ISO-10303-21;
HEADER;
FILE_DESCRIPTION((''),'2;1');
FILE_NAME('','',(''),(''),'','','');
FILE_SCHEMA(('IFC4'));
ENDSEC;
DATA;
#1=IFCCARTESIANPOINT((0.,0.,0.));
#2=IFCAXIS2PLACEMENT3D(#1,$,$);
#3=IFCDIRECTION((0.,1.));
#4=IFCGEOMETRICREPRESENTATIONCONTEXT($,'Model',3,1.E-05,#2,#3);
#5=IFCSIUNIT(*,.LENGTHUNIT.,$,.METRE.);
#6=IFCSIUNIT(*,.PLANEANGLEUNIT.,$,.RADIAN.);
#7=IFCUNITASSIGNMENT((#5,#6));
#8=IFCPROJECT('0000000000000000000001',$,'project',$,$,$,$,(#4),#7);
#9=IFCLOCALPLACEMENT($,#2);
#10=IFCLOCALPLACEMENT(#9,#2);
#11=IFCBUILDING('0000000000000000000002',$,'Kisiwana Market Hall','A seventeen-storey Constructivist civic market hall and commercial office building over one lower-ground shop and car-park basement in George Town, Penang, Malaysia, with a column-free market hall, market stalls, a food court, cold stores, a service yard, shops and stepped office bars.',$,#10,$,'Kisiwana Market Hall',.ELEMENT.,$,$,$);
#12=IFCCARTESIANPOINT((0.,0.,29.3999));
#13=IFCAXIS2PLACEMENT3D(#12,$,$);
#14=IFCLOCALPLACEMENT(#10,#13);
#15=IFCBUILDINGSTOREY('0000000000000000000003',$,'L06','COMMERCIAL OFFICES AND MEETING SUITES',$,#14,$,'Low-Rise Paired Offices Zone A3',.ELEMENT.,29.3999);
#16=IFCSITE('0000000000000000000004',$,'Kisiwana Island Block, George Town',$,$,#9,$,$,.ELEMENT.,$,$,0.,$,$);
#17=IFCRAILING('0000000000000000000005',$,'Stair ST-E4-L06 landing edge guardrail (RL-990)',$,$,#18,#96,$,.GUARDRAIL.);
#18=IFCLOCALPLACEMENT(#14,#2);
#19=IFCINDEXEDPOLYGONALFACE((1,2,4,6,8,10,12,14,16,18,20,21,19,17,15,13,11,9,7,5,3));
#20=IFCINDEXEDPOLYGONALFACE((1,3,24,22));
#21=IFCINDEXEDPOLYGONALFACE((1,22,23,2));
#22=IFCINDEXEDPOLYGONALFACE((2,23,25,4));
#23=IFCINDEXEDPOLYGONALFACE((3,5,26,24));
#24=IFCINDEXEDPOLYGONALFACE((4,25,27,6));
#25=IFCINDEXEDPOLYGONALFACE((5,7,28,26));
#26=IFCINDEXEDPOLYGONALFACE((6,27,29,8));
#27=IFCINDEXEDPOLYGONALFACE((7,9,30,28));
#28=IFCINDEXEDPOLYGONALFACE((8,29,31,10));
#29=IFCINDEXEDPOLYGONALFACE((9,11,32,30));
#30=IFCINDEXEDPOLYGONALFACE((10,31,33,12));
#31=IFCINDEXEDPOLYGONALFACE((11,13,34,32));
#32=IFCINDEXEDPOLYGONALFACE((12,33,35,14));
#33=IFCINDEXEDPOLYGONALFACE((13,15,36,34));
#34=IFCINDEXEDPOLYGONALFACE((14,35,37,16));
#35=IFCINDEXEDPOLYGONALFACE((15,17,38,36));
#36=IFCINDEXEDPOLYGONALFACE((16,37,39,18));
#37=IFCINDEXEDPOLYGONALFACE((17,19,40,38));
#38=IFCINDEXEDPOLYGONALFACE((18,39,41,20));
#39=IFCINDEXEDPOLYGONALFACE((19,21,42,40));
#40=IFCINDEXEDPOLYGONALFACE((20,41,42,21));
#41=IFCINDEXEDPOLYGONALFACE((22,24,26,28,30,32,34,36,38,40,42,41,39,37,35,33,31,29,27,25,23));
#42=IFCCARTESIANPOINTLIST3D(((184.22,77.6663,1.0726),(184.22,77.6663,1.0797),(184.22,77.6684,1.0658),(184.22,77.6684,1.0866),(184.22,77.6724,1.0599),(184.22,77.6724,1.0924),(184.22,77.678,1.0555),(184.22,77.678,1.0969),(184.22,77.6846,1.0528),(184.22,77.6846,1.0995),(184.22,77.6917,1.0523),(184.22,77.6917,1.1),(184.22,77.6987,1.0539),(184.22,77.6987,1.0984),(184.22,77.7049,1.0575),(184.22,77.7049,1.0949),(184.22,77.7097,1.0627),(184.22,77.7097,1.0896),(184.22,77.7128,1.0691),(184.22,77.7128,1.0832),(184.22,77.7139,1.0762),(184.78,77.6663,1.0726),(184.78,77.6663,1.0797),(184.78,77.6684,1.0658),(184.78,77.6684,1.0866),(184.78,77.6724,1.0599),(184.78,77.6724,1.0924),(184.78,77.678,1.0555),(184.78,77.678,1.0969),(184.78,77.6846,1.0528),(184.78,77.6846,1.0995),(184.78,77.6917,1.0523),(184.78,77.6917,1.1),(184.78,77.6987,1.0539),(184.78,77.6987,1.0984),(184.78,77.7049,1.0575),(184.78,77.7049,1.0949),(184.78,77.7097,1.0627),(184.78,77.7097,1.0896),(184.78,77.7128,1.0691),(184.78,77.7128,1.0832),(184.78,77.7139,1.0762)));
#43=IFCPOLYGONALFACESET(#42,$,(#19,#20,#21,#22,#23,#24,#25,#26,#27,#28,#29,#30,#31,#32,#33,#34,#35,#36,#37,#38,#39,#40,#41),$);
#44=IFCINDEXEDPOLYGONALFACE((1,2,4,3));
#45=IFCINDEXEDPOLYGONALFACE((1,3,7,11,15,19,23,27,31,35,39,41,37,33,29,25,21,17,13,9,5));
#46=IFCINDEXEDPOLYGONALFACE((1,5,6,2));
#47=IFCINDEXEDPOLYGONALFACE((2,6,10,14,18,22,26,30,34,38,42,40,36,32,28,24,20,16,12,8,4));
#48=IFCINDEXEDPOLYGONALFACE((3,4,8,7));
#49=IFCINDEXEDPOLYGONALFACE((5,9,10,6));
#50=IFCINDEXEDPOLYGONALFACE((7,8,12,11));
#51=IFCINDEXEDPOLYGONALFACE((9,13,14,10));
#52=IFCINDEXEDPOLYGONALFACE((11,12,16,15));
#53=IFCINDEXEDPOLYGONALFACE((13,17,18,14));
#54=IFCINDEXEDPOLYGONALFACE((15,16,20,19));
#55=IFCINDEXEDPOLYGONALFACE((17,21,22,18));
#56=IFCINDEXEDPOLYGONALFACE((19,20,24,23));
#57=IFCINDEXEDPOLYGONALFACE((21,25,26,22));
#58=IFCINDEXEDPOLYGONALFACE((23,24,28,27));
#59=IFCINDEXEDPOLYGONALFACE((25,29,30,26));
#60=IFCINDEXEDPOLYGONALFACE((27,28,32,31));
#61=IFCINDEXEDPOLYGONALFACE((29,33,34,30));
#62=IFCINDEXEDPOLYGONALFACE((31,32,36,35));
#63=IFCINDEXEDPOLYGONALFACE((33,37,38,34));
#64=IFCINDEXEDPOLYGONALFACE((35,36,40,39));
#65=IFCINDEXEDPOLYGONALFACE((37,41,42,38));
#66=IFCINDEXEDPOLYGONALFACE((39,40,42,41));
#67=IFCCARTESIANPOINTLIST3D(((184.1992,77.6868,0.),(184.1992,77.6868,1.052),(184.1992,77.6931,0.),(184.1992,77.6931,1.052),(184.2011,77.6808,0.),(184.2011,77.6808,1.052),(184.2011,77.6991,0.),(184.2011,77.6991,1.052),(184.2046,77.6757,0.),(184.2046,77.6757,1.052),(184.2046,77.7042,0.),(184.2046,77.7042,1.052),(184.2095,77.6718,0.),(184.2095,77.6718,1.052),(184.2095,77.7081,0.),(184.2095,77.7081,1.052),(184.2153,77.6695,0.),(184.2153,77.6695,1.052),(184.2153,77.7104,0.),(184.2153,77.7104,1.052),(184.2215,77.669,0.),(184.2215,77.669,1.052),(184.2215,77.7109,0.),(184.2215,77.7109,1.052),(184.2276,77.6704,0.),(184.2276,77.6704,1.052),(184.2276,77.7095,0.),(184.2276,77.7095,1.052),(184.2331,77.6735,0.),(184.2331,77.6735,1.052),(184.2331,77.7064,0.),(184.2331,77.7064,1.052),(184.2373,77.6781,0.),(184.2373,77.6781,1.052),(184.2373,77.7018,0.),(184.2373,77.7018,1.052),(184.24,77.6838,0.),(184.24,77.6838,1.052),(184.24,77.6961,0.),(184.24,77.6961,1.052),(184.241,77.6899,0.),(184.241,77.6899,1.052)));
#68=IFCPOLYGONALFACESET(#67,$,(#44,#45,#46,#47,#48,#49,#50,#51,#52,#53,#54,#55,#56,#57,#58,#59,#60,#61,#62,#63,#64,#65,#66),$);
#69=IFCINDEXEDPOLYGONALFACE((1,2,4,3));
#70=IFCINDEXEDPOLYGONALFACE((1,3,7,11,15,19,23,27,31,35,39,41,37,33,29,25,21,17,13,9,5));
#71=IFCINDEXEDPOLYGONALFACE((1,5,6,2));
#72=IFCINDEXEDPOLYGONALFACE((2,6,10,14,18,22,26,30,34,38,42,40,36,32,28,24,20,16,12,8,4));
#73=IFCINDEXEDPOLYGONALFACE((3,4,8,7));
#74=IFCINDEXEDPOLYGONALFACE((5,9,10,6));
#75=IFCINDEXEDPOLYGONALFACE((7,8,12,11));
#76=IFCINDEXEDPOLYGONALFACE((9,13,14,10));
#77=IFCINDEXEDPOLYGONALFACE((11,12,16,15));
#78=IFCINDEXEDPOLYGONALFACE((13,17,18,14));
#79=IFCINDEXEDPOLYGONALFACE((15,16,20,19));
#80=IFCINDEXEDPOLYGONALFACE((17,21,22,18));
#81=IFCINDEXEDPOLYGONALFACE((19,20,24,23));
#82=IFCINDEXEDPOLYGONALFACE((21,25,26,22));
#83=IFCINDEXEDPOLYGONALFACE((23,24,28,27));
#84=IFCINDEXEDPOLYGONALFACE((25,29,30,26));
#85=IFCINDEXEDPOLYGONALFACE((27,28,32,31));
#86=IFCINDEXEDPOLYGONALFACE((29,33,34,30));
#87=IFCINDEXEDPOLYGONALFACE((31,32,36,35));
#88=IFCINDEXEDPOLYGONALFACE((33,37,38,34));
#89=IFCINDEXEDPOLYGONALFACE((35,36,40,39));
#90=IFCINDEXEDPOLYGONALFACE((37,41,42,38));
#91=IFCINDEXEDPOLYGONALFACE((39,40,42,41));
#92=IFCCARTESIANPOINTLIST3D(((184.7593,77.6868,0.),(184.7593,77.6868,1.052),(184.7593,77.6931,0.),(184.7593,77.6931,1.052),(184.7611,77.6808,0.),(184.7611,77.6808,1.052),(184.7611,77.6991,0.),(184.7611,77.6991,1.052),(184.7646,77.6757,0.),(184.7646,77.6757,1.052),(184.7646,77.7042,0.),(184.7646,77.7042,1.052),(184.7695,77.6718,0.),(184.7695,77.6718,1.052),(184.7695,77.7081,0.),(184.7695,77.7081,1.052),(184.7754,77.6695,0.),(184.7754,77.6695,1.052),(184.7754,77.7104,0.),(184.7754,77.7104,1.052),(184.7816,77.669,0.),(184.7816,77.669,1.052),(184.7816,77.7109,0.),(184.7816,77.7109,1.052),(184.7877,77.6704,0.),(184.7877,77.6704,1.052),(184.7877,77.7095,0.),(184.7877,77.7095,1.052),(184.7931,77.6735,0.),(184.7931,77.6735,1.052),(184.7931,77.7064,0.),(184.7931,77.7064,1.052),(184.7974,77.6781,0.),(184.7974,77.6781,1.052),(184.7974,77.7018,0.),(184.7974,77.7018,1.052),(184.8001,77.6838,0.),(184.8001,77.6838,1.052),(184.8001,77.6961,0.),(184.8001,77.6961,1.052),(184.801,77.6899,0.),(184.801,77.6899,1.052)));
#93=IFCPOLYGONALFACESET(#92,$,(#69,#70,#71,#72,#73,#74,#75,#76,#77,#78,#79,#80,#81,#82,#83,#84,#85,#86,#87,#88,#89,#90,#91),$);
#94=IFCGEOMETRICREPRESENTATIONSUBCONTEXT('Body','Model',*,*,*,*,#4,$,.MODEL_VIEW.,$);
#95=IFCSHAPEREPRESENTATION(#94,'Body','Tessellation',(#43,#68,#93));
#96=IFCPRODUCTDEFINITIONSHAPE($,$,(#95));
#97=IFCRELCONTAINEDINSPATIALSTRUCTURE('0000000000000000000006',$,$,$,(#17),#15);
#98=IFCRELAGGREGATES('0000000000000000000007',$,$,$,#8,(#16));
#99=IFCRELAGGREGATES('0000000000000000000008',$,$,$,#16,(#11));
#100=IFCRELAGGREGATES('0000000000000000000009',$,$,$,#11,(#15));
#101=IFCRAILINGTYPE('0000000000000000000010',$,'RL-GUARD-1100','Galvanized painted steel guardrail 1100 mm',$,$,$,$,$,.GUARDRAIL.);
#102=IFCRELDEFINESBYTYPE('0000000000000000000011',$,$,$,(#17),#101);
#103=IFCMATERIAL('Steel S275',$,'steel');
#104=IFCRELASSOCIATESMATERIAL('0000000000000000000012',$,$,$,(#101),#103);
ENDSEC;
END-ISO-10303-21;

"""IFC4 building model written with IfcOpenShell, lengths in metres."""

from ifc_helpers import new_model, si_unit, direction, frame, origin, origin_2d, place, context, subcontext, project, spatial, circle, extrude, material, type_object, element, save


model = new_model("IFC4")

# Units and contexts
model_context = context("Model", 3, precision=1e-05, world=origin(), true_north=direction((0.0, 1.0)))
body_context = subcontext(model_context, "Body", "Model", "MODEL_VIEW")
ifc_project = project(units=[si_unit("LENGTHUNIT", "METRE"), si_unit("PLANEANGLEUNIT", "RADIAN")], contexts=[model_context])

# Site, building, storey
site_placement = place(None, origin())
site = spatial("IfcSite", under=ifc_project, at=site_placement, Name="Kisiwana Island Block, George Town", CompositionType="ELEMENT", RefElevation=0.0)
building_placement = place(site_placement, origin())
building = spatial("IfcBuilding", under=site, at=building_placement, Name="Kisiwana Market Hall", Description="A seventeen-storey Constructivist civic market hall and commercial office building over one lower-ground shop and car-park basement in George Town, Penang, Malaysia, with a column-free market hall, market stalls, a food court, cold stores, a service yard, shops and stepped office bars.", LongName="Kisiwana Market Hall", CompositionType="ELEMENT")
storey_placement = place(building_placement, frame((0.0, 0.0, 29.3999)))
storey = spatial("IfcBuildingStorey", under=building, at=storey_placement, Name="L06", Description="COMMERCIAL OFFICES AND MEETING SUITES", LongName="Low-Rise Paired Offices Zone A3", CompositionType="ELEMENT", Elevation=29.3999)

# Railing
ifc_material_1 = material(Name="Steel S275", Category="steel")
railing_type_1 = type_object("IfcRailingType", Name="RL-GUARD-1100", Description="Galvanized painted steel guardrail 1100 mm", PredefinedType="GUARDRAIL", material=ifc_material_1)
railing_1_placement = place(storey_placement, frame((184.22, 77.6899, 0.0)))
element("IfcRailing", 1, at=railing_1_placement, inside=storey, type_object=railing_type_1, Name="Stair ST-E4-L06 landing edge guardrail (RL-990)", PredefinedType="GUARDRAIL", context=body_context, shape_type="SweptSolid", body=[
    extrude(circle(Radius=0.0239, at=origin_2d()), frame((0.0, 0.0, 1.0762), z_axis=(1.0, 0.0, 0.0), x_axis=(0.0, 1.0, 0.0)), (0.0, 0.0, 1.0), 0.5601),
    extrude(circle(Radius=0.021, at=origin_2d()), origin(), (0.0, 0.0, 1.0), 1.052),
    extrude(circle(Radius=0.021, at=origin_2d()), frame((0.5601, 0.0, 0.0)), (0.0, 0.0, 1.0), 1.052),
])

save(model, "model.ifc")
